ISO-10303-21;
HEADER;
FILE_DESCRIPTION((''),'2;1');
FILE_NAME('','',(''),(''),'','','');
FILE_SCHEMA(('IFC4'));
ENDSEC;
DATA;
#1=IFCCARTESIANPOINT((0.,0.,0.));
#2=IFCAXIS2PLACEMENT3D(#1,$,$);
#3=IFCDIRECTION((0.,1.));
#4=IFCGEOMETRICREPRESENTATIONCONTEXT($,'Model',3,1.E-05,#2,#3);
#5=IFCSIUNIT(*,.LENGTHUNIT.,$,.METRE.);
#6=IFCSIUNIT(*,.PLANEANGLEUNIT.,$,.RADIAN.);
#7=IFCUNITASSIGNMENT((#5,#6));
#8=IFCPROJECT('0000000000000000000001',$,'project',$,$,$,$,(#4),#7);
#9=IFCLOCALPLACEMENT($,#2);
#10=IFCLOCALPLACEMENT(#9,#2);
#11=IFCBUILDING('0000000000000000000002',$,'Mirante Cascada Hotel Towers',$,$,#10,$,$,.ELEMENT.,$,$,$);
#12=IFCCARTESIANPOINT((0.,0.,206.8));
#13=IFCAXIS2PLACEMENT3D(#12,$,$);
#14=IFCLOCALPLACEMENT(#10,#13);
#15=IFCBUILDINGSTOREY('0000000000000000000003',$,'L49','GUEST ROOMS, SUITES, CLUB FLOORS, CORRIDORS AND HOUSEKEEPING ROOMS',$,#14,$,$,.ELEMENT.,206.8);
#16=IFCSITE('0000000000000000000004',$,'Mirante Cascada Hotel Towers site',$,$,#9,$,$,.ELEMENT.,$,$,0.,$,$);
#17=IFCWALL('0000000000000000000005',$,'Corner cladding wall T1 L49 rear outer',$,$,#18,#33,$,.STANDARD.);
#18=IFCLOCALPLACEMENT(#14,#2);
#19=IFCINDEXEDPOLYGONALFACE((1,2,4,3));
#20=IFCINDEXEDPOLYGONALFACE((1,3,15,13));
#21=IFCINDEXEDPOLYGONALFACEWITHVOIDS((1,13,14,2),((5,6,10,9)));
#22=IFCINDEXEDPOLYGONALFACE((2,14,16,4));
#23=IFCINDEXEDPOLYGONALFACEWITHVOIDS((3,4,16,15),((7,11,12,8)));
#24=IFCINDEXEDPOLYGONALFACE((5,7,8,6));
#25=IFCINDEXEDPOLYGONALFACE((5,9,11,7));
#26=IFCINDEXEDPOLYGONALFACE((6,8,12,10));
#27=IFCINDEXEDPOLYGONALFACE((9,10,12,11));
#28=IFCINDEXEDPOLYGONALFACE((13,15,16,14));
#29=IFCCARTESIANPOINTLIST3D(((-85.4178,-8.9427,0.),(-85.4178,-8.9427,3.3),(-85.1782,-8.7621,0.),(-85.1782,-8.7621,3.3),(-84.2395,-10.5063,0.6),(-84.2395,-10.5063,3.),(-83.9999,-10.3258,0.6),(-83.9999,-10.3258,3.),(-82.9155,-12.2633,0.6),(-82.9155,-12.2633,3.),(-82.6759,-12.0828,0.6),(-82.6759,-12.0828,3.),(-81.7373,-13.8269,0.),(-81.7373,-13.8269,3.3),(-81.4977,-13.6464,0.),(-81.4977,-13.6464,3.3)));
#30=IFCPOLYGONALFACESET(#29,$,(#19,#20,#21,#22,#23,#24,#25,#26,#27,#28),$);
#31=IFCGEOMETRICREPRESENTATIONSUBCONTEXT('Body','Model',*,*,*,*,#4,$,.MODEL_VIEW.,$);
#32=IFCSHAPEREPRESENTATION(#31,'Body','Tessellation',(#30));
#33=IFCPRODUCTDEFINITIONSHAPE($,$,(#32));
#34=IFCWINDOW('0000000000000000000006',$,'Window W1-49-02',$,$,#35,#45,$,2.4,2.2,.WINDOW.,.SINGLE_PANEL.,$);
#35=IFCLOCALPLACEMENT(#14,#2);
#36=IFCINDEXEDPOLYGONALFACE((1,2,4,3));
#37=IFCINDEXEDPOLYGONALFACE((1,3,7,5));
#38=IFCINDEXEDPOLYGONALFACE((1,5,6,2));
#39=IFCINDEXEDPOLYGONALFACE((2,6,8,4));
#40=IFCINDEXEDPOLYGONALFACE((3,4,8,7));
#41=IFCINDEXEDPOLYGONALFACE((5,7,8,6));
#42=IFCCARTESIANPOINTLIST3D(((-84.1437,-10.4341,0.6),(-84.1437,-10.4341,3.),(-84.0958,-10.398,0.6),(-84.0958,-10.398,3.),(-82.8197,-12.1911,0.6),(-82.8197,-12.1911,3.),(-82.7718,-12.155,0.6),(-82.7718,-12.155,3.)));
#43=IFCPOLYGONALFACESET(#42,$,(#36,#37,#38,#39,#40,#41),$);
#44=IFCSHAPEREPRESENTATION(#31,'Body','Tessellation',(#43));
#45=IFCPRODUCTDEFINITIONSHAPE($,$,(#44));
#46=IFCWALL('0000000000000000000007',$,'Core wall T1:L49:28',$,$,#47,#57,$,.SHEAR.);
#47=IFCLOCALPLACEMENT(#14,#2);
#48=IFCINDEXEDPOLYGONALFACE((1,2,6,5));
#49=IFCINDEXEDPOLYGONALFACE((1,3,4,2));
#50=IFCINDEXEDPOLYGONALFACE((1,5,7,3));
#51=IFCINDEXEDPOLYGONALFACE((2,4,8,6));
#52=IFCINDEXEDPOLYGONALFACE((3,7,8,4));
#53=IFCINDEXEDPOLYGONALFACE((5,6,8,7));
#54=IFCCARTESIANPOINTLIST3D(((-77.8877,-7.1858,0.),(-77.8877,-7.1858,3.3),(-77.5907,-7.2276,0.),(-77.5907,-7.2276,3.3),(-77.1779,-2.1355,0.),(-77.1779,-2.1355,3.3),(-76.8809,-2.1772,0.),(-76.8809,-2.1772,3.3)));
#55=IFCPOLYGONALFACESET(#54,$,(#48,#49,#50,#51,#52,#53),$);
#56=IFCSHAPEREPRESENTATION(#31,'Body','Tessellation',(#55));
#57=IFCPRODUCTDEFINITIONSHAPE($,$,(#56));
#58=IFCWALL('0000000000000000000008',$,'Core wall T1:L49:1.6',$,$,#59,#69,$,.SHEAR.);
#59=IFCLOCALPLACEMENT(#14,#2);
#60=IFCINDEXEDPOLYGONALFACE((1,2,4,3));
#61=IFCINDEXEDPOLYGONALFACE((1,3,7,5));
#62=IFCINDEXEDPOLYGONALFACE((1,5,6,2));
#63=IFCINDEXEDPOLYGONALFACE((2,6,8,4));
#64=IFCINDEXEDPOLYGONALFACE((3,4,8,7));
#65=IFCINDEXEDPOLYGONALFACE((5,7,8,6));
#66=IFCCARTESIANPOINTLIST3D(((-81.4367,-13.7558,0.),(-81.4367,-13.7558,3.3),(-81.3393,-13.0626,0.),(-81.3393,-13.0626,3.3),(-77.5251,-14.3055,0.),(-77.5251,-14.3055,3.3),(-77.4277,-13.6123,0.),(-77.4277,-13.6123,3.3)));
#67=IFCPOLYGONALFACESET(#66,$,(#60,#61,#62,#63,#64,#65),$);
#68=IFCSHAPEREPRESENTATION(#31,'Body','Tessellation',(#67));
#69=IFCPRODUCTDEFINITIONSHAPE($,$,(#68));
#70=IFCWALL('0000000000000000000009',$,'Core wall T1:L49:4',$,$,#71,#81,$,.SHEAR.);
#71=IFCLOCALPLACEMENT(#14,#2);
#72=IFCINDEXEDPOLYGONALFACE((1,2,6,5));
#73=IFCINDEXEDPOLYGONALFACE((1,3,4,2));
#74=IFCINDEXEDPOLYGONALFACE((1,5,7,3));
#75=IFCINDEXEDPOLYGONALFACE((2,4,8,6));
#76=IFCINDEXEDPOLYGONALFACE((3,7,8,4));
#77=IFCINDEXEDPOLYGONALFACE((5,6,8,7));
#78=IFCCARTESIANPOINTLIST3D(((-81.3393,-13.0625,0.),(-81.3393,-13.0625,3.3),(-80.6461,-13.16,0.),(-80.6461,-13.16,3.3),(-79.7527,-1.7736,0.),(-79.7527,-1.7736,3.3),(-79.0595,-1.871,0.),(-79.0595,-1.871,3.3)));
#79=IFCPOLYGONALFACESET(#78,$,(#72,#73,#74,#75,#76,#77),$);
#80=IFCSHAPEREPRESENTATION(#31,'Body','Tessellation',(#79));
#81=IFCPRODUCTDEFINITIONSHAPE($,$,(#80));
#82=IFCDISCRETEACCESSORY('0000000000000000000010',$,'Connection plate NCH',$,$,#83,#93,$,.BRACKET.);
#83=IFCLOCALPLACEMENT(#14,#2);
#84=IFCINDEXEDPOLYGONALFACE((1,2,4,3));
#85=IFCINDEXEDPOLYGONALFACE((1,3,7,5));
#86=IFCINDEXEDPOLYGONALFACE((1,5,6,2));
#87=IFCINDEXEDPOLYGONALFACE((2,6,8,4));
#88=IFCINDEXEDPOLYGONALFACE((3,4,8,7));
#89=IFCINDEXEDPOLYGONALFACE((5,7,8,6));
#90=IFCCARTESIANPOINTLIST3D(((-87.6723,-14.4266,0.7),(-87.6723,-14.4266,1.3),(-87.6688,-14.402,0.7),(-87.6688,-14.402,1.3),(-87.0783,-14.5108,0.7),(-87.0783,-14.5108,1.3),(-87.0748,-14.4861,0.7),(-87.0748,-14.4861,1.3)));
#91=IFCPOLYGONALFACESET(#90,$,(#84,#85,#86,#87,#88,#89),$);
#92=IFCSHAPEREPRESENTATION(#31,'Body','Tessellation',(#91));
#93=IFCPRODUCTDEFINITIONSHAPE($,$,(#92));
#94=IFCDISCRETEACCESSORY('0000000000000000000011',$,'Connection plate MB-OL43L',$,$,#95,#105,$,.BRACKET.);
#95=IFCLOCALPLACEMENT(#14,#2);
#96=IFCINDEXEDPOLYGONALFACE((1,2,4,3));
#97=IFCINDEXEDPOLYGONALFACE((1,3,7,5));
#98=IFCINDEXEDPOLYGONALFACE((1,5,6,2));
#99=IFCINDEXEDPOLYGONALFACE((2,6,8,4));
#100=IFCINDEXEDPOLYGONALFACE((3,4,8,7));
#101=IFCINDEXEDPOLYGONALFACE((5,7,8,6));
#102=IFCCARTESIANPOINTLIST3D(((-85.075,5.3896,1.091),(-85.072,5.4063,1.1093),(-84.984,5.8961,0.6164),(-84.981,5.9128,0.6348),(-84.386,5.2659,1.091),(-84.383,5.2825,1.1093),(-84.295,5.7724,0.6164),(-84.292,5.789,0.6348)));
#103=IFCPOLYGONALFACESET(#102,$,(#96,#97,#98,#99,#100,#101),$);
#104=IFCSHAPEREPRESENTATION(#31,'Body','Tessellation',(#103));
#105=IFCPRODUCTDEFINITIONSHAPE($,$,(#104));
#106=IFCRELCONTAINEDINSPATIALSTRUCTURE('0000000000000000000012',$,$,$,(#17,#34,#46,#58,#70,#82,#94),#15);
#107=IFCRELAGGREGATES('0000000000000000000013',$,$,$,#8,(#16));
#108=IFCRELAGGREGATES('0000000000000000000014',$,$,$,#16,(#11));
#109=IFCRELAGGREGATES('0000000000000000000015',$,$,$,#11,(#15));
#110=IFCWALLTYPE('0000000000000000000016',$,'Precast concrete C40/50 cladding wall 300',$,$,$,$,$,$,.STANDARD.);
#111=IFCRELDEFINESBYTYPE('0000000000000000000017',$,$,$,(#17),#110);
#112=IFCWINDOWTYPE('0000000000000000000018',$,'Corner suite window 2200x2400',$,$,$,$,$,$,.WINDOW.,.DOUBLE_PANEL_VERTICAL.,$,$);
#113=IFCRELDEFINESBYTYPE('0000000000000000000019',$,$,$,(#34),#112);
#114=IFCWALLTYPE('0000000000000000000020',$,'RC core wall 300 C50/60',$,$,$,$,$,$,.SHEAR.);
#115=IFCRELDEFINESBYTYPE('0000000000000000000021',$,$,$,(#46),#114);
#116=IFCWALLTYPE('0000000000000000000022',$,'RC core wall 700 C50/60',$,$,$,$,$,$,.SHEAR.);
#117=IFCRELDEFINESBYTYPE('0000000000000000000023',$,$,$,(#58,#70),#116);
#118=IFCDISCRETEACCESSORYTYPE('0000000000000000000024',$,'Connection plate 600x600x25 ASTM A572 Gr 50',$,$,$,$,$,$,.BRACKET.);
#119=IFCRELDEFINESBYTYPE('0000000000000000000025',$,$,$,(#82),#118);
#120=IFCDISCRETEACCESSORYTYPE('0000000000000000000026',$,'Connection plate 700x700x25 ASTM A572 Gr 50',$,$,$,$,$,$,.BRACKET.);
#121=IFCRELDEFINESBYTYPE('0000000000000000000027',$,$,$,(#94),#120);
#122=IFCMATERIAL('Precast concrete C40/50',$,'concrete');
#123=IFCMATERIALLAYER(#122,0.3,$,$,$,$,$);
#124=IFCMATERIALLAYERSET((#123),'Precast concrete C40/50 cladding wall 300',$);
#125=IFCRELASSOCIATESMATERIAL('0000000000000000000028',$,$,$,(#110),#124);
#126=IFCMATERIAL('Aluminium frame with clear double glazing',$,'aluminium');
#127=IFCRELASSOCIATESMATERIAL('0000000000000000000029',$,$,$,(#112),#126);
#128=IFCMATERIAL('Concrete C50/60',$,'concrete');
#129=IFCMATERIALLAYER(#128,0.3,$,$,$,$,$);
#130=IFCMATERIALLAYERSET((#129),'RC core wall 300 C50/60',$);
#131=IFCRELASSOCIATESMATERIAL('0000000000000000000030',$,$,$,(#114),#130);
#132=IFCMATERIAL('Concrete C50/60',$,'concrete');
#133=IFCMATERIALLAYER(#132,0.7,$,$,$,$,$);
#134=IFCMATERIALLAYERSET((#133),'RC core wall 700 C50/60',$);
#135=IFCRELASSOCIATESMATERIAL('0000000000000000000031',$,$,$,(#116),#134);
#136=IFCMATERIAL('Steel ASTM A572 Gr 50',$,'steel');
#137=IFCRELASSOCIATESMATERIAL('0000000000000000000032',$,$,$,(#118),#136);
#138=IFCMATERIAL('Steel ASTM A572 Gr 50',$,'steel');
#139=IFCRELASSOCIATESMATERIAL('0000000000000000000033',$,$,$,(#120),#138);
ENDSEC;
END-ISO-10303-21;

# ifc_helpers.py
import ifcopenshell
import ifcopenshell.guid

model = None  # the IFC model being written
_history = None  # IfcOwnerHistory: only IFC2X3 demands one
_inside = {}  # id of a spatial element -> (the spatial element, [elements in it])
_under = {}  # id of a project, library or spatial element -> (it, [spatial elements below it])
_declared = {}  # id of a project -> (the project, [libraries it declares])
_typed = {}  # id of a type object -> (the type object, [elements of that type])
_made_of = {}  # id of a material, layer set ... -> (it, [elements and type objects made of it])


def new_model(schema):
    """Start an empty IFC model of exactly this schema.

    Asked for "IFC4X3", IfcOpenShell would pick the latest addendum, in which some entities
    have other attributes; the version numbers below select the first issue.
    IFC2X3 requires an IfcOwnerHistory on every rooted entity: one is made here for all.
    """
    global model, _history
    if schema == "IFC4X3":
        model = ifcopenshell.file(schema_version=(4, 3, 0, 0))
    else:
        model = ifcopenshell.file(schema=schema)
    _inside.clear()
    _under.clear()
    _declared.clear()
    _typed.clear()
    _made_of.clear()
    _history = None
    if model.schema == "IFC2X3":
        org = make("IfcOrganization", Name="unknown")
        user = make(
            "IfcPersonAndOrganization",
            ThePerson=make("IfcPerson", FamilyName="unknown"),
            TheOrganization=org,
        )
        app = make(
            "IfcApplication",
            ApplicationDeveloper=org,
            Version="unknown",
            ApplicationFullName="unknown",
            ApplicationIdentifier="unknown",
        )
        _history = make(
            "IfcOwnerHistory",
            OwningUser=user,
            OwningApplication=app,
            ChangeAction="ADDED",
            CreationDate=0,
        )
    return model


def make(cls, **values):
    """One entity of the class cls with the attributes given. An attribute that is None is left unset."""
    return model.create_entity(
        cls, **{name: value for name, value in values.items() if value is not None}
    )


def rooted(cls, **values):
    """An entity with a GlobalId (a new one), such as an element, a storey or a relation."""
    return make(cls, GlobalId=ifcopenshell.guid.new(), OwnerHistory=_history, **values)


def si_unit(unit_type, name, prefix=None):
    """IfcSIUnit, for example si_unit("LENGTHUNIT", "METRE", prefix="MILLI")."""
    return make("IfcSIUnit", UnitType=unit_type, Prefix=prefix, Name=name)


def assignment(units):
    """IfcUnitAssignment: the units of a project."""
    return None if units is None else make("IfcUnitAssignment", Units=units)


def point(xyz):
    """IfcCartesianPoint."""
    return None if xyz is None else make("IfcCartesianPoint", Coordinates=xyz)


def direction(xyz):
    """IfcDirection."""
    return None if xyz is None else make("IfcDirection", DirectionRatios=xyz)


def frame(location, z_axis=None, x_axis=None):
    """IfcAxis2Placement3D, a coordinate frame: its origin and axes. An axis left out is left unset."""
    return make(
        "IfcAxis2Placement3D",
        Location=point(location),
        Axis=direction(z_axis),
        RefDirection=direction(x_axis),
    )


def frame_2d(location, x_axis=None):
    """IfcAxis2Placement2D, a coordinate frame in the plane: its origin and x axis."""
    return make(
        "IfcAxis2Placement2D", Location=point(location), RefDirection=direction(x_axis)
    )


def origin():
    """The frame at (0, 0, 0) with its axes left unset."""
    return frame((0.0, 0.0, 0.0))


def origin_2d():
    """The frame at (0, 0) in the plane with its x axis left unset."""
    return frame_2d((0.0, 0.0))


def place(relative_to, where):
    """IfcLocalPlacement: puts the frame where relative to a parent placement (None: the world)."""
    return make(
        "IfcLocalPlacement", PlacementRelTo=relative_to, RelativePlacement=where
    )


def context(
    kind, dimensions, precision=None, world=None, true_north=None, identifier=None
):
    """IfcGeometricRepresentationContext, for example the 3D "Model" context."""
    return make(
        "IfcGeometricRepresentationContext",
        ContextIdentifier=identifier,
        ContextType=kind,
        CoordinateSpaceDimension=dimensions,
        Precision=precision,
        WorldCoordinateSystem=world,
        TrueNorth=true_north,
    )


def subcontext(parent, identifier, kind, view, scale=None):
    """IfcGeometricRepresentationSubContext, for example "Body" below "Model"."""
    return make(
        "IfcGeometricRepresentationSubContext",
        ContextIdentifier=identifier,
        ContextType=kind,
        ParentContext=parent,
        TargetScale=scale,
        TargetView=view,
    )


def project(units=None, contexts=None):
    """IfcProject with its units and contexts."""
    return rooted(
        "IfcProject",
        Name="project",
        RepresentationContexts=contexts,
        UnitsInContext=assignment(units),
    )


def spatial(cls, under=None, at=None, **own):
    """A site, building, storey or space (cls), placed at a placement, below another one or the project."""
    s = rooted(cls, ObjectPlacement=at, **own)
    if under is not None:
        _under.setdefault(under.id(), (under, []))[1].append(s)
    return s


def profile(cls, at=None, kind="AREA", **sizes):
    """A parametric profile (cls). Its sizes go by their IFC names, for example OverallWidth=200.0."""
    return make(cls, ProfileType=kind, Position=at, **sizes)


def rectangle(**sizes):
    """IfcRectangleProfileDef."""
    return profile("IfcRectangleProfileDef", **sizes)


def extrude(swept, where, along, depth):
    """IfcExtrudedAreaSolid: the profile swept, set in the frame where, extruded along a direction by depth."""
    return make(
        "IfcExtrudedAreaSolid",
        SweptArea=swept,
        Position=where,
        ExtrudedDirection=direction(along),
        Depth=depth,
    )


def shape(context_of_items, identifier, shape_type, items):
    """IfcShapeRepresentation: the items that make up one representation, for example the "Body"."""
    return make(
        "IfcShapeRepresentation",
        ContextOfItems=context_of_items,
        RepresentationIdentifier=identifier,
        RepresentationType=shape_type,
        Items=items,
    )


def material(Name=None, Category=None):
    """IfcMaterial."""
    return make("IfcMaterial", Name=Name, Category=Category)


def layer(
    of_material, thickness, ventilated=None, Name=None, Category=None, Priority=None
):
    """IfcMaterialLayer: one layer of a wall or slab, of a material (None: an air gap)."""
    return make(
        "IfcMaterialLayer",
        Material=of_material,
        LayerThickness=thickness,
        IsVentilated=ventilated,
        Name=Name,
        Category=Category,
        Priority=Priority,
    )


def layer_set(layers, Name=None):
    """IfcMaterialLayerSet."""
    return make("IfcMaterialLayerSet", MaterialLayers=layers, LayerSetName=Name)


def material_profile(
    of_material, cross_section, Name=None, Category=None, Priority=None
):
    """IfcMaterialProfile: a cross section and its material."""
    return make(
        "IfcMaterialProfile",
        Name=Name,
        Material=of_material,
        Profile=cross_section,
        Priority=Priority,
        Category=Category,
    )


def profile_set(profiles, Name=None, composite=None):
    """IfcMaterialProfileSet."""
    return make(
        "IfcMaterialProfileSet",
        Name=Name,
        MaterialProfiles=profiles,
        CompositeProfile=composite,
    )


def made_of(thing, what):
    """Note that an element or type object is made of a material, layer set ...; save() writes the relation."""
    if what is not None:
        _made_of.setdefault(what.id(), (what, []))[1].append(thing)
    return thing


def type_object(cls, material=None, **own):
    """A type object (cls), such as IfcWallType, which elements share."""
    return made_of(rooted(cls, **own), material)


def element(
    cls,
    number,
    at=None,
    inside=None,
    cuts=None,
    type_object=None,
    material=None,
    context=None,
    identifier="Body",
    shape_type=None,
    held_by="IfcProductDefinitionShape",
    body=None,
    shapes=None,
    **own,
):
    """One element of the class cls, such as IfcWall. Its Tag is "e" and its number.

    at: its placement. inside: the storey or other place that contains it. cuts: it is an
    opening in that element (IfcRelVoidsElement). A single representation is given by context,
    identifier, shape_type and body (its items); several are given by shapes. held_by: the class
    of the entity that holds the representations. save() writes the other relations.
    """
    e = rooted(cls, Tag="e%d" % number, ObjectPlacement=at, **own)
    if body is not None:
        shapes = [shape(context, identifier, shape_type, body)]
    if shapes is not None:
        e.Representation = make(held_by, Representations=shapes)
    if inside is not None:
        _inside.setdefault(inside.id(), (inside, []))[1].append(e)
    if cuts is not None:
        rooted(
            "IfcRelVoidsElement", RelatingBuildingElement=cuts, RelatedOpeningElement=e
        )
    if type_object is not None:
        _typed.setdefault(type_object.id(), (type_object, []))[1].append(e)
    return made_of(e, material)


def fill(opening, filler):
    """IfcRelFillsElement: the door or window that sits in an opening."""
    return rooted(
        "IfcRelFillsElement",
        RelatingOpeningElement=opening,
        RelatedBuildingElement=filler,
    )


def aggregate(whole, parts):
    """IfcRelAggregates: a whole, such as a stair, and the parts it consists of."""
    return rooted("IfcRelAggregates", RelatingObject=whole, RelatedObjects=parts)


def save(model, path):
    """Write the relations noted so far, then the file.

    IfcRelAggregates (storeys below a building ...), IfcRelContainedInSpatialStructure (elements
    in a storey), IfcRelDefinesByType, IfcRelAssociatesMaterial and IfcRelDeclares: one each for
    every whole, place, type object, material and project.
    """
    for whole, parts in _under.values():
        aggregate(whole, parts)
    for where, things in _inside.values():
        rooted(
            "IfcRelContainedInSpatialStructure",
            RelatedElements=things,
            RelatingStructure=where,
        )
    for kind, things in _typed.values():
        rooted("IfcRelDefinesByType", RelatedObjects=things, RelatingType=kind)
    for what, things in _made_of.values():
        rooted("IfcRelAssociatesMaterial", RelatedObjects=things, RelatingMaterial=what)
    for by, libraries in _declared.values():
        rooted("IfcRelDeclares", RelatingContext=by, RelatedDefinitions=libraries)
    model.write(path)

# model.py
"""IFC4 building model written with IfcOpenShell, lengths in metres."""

from ifc_helpers import new_model, si_unit, direction, frame, frame_2d, origin, origin_2d, place, context, subcontext, project, spatial, rectangle, extrude, material, layer, layer_set, material_profile, profile_set, type_object, element, fill, save


model = new_model("IFC4")

# Units and contexts
model_context = context("Model", 3, precision=1e-05, world=origin(), true_north=direction((0.0, 1.0)))
body_context = subcontext(model_context, "Body", "Model", "MODEL_VIEW")
ifc_project = project(units=[si_unit("LENGTHUNIT", "METRE"), si_unit("PLANEANGLEUNIT", "RADIAN")], contexts=[model_context])

# Site, building, storey
site_placement = place(None, origin())
site = spatial("IfcSite", under=ifc_project, at=site_placement, Name="Mirante Cascada Hotel Towers site", CompositionType="ELEMENT", RefElevation=0.0)
building_placement = place(site_placement, origin())
building = spatial("IfcBuilding", under=site, at=building_placement, Name="Mirante Cascada Hotel Towers", CompositionType="ELEMENT")
storey_placement = place(building_placement, frame((0.0, 0.0, 206.8)))
storey = spatial("IfcBuildingStorey", under=building, at=storey_placement, Name="L49", Description="GUEST ROOMS, SUITES, CLUB FLOORS, CORRIDORS AND HOUSEKEEPING ROOMS", CompositionType="ELEMENT", Elevation=206.8)

# Wall, opening, window
ifc_material_1 = material(Name="Precast concrete C40/50", Category="concrete")
ifc_layer_1 = layer(ifc_material_1, 0.3)
ifc_layer_set_1 = layer_set([ifc_layer_1], Name="Precast concrete C40/50 cladding wall 300")
wall_type_1 = type_object("IfcWallType", Name="Precast concrete C40/50 cladding wall 300", PredefinedType="STANDARD", material=ifc_layer_set_1)
wall_1_placement = place(storey_placement, frame((-81.6175, -13.7366, 0.0), z_axis=(0.0, 0.0, 1.0), x_axis=(-0.601814, 0.798636, 0.0)))
wall_1 = element("IfcWall", 1, at=wall_1_placement, inside=storey, type_object=wall_type_1, Name="Corner cladding wall T1 L49 rear outer", PredefinedType="STANDARD", context=body_context, shape_type="SweptSolid", body=[
    extrude(rectangle(XDim=6.1157, YDim=0.3, at=frame_2d((3.0578, 0.0))), origin(), (0.0, 0.0, 1.0), 3.3),
])
opening_1_placement = place(wall_1_placement, frame((1.9578, 0.0, 0.6)))
opening_1 = element("IfcOpeningElement", 2, at=opening_1_placement, cuts=wall_1, PredefinedType="OPENING", context=body_context, shape_type="SweptSolid", body=[
    extrude(rectangle(XDim=2.2, YDim=2.4, at=frame_2d((1.1, 1.2))), frame((0.0, 0.15, 0.0), z_axis=(0.0, -1.0, 0.0), x_axis=(1.0, 0.0, 0.0)), (0.0, 0.0, 1.0), 0.3),
])
ifc_material_2 = material(Name="Aluminium frame with clear double glazing", Category="aluminium")
window_type = type_object("IfcWindowType", Name="Corner suite window 2200x2400", PartitioningType="DOUBLE_PANEL_VERTICAL", PredefinedType="WINDOW", material=ifc_material_2)
window_placement = place(opening_1_placement, origin())
window = element("IfcWindow", 3, at=window_placement, inside=storey, type_object=window_type, Name="Window W1-49-02", OverallHeight=2.4, OverallWidth=2.2, PartitioningType="SINGLE_PANEL", PredefinedType="WINDOW", context=body_context, shape_type="SweptSolid", body=[
    extrude(rectangle(XDim=2.2, YDim=2.4, at=frame_2d((1.1, 1.2))), frame((0.0, 0.03, 0.0), z_axis=(0.0, -1.0, 0.0), x_axis=(1.0, 0.0, 0.0)), (0.0, 0.0, 1.0), 0.06),
])
fill(opening_1, window)

# Walls
ifc_material_3 = material(Name="Concrete C50/60", Category="concrete")
ifc_layer_2 = layer(ifc_material_3, 0.3)
ifc_layer_set_2 = layer_set([ifc_layer_2], Name="RC core wall 300 C50/60")
wall_type_2 = type_object("IfcWallType", Name="RC core wall 300 C50/60", PredefinedType="SHEAR", material=ifc_layer_set_2)
wall_2_placement = place(storey_placement, frame((-77.7392, -7.2067, 0.0), z_axis=(0.0, 0.0, 1.0), x_axis=(0.139176, 0.990268, 0.0)))
element("IfcWall", 4, at=wall_2_placement, inside=storey, type_object=wall_type_2, Name="Core wall T1:L49:28", PredefinedType="SHEAR", context=body_context, shape_type="SweptSolid", body=[
    extrude(rectangle(XDim=5.1, YDim=0.3, at=frame_2d((2.55, 0.0))), origin(), (0.0, 0.0, 1.0), 3.3),
])
ifc_material_4 = material(Name="Concrete C50/60", Category="concrete")
ifc_layer_3 = layer(ifc_material_4, 0.7)
ifc_layer_set_3 = layer_set([ifc_layer_3], Name="RC core wall 700 C50/60")
wall_type_3 = type_object("IfcWallType", Name="RC core wall 700 C50/60", PredefinedType="SHEAR", material=ifc_layer_set_3)
wall_3_placement = place(storey_placement, frame((-77.4764, -13.9589, 0.0), z_axis=(0.0, 0.0, 1.0), x_axis=(-0.990269, 0.139163, 0.0)))
element("IfcWall", 5, at=wall_3_placement, inside=storey, type_object=wall_type_3, Name="Core wall T1:L49:1.6", PredefinedType="SHEAR", context=body_context, shape_type="SweptSolid", body=[
    extrude(rectangle(XDim=3.95, YDim=0.7, at=frame_2d((1.975, 0.0))), origin(), (0.0, 0.0, 1.0), 3.3),
])
wall_4_placement = place(storey_placement, frame((-80.9927, -13.1113, 0.0), z_axis=(0.0, 0.0, 1.0), x_axis=(0.139176, 0.990268, 0.0)))
element("IfcWall", 6, at=wall_4_placement, inside=storey, type_object=wall_type_3, Name="Core wall T1:L49:4", PredefinedType="SHEAR", context=body_context, shape_type="SweptSolid", body=[
    extrude(rectangle(XDim=11.3999, YDim=0.7, at=frame_2d((5.7, 0.0))), origin(), (0.0, 0.0, 1.0), 3.3),
])

# Discrete accessories
ifc_material_5 = material(Name="Steel ASTM A572 Gr 50", Category="steel")
ifc_material_profile_1 = material_profile(ifc_material_5, rectangle(XDim=0.6, YDim=0.6, at=origin_2d()), Name="Connection plate 600x600x25 ASTM A572 Gr 50")
ifc_profile_set_1 = profile_set([ifc_material_profile_1], Name="Steel ASTM A572 Gr 50")
discrete_accessory_type_1 = type_object("IfcDiscreteAccessoryType", Name="Connection plate 600x600x25 ASTM A572 Gr 50", PredefinedType="BRACKET", material=ifc_profile_set_1)
discrete_accessory_1_placement = place(storey_placement, frame((-87.3753, -14.4687, 1.0), z_axis=(0.140299, 0.990109, 0.0), x_axis=(-0.990109, 0.140299, 0.0)))
element("IfcDiscreteAccessory", 7, at=discrete_accessory_1_placement, inside=storey, type_object=discrete_accessory_type_1, Name="Connection plate NCH", PredefinedType="BRACKET", context=body_context, shape_type="SweptSolid", body=[
    extrude(rectangle(XDim=0.6, YDim=0.6, at=origin_2d()), origin(), (0.0, 0.0, 1.0), 0.0249),
])
ifc_material_6 = material(Name="Steel ASTM A572 Gr 50", Category="steel")
ifc_material_profile_2 = material_profile(ifc_material_6, rectangle(XDim=0.7, YDim=0.7, at=origin_2d()), Name="Connection plate 700x700x25 ASTM A572 Gr 50")
ifc_profile_set_2 = profile_set([ifc_material_profile_2], Name="Steel ASTM A572 Gr 50")
discrete_accessory_type_2 = type_object("IfcDiscreteAccessoryType", Name="Connection plate 700x700x25 ASTM A572 Gr 50", PredefinedType="BRACKET", material=ifc_profile_set_2)
discrete_accessory_2_placement = place(storey_placement, frame((-84.685, 5.581, 0.8537), z_axis=(0.119861, 0.667226, 0.735148), x_axis=(-0.984245, 0.176811, 0.0)))
element("IfcDiscreteAccessory", 8, at=discrete_accessory_2_placement, inside=storey, type_object=discrete_accessory_type_2, Name="Connection plate MB-OL43L", PredefinedType="BRACKET", context=body_context, shape_type="SweptSolid", body=[
    extrude(rectangle(XDim=0.7, YDim=0.7, at=origin_2d()), origin(), (0.0, 0.0, 1.0), 0.025),
])

save(model, "model.ifc")
